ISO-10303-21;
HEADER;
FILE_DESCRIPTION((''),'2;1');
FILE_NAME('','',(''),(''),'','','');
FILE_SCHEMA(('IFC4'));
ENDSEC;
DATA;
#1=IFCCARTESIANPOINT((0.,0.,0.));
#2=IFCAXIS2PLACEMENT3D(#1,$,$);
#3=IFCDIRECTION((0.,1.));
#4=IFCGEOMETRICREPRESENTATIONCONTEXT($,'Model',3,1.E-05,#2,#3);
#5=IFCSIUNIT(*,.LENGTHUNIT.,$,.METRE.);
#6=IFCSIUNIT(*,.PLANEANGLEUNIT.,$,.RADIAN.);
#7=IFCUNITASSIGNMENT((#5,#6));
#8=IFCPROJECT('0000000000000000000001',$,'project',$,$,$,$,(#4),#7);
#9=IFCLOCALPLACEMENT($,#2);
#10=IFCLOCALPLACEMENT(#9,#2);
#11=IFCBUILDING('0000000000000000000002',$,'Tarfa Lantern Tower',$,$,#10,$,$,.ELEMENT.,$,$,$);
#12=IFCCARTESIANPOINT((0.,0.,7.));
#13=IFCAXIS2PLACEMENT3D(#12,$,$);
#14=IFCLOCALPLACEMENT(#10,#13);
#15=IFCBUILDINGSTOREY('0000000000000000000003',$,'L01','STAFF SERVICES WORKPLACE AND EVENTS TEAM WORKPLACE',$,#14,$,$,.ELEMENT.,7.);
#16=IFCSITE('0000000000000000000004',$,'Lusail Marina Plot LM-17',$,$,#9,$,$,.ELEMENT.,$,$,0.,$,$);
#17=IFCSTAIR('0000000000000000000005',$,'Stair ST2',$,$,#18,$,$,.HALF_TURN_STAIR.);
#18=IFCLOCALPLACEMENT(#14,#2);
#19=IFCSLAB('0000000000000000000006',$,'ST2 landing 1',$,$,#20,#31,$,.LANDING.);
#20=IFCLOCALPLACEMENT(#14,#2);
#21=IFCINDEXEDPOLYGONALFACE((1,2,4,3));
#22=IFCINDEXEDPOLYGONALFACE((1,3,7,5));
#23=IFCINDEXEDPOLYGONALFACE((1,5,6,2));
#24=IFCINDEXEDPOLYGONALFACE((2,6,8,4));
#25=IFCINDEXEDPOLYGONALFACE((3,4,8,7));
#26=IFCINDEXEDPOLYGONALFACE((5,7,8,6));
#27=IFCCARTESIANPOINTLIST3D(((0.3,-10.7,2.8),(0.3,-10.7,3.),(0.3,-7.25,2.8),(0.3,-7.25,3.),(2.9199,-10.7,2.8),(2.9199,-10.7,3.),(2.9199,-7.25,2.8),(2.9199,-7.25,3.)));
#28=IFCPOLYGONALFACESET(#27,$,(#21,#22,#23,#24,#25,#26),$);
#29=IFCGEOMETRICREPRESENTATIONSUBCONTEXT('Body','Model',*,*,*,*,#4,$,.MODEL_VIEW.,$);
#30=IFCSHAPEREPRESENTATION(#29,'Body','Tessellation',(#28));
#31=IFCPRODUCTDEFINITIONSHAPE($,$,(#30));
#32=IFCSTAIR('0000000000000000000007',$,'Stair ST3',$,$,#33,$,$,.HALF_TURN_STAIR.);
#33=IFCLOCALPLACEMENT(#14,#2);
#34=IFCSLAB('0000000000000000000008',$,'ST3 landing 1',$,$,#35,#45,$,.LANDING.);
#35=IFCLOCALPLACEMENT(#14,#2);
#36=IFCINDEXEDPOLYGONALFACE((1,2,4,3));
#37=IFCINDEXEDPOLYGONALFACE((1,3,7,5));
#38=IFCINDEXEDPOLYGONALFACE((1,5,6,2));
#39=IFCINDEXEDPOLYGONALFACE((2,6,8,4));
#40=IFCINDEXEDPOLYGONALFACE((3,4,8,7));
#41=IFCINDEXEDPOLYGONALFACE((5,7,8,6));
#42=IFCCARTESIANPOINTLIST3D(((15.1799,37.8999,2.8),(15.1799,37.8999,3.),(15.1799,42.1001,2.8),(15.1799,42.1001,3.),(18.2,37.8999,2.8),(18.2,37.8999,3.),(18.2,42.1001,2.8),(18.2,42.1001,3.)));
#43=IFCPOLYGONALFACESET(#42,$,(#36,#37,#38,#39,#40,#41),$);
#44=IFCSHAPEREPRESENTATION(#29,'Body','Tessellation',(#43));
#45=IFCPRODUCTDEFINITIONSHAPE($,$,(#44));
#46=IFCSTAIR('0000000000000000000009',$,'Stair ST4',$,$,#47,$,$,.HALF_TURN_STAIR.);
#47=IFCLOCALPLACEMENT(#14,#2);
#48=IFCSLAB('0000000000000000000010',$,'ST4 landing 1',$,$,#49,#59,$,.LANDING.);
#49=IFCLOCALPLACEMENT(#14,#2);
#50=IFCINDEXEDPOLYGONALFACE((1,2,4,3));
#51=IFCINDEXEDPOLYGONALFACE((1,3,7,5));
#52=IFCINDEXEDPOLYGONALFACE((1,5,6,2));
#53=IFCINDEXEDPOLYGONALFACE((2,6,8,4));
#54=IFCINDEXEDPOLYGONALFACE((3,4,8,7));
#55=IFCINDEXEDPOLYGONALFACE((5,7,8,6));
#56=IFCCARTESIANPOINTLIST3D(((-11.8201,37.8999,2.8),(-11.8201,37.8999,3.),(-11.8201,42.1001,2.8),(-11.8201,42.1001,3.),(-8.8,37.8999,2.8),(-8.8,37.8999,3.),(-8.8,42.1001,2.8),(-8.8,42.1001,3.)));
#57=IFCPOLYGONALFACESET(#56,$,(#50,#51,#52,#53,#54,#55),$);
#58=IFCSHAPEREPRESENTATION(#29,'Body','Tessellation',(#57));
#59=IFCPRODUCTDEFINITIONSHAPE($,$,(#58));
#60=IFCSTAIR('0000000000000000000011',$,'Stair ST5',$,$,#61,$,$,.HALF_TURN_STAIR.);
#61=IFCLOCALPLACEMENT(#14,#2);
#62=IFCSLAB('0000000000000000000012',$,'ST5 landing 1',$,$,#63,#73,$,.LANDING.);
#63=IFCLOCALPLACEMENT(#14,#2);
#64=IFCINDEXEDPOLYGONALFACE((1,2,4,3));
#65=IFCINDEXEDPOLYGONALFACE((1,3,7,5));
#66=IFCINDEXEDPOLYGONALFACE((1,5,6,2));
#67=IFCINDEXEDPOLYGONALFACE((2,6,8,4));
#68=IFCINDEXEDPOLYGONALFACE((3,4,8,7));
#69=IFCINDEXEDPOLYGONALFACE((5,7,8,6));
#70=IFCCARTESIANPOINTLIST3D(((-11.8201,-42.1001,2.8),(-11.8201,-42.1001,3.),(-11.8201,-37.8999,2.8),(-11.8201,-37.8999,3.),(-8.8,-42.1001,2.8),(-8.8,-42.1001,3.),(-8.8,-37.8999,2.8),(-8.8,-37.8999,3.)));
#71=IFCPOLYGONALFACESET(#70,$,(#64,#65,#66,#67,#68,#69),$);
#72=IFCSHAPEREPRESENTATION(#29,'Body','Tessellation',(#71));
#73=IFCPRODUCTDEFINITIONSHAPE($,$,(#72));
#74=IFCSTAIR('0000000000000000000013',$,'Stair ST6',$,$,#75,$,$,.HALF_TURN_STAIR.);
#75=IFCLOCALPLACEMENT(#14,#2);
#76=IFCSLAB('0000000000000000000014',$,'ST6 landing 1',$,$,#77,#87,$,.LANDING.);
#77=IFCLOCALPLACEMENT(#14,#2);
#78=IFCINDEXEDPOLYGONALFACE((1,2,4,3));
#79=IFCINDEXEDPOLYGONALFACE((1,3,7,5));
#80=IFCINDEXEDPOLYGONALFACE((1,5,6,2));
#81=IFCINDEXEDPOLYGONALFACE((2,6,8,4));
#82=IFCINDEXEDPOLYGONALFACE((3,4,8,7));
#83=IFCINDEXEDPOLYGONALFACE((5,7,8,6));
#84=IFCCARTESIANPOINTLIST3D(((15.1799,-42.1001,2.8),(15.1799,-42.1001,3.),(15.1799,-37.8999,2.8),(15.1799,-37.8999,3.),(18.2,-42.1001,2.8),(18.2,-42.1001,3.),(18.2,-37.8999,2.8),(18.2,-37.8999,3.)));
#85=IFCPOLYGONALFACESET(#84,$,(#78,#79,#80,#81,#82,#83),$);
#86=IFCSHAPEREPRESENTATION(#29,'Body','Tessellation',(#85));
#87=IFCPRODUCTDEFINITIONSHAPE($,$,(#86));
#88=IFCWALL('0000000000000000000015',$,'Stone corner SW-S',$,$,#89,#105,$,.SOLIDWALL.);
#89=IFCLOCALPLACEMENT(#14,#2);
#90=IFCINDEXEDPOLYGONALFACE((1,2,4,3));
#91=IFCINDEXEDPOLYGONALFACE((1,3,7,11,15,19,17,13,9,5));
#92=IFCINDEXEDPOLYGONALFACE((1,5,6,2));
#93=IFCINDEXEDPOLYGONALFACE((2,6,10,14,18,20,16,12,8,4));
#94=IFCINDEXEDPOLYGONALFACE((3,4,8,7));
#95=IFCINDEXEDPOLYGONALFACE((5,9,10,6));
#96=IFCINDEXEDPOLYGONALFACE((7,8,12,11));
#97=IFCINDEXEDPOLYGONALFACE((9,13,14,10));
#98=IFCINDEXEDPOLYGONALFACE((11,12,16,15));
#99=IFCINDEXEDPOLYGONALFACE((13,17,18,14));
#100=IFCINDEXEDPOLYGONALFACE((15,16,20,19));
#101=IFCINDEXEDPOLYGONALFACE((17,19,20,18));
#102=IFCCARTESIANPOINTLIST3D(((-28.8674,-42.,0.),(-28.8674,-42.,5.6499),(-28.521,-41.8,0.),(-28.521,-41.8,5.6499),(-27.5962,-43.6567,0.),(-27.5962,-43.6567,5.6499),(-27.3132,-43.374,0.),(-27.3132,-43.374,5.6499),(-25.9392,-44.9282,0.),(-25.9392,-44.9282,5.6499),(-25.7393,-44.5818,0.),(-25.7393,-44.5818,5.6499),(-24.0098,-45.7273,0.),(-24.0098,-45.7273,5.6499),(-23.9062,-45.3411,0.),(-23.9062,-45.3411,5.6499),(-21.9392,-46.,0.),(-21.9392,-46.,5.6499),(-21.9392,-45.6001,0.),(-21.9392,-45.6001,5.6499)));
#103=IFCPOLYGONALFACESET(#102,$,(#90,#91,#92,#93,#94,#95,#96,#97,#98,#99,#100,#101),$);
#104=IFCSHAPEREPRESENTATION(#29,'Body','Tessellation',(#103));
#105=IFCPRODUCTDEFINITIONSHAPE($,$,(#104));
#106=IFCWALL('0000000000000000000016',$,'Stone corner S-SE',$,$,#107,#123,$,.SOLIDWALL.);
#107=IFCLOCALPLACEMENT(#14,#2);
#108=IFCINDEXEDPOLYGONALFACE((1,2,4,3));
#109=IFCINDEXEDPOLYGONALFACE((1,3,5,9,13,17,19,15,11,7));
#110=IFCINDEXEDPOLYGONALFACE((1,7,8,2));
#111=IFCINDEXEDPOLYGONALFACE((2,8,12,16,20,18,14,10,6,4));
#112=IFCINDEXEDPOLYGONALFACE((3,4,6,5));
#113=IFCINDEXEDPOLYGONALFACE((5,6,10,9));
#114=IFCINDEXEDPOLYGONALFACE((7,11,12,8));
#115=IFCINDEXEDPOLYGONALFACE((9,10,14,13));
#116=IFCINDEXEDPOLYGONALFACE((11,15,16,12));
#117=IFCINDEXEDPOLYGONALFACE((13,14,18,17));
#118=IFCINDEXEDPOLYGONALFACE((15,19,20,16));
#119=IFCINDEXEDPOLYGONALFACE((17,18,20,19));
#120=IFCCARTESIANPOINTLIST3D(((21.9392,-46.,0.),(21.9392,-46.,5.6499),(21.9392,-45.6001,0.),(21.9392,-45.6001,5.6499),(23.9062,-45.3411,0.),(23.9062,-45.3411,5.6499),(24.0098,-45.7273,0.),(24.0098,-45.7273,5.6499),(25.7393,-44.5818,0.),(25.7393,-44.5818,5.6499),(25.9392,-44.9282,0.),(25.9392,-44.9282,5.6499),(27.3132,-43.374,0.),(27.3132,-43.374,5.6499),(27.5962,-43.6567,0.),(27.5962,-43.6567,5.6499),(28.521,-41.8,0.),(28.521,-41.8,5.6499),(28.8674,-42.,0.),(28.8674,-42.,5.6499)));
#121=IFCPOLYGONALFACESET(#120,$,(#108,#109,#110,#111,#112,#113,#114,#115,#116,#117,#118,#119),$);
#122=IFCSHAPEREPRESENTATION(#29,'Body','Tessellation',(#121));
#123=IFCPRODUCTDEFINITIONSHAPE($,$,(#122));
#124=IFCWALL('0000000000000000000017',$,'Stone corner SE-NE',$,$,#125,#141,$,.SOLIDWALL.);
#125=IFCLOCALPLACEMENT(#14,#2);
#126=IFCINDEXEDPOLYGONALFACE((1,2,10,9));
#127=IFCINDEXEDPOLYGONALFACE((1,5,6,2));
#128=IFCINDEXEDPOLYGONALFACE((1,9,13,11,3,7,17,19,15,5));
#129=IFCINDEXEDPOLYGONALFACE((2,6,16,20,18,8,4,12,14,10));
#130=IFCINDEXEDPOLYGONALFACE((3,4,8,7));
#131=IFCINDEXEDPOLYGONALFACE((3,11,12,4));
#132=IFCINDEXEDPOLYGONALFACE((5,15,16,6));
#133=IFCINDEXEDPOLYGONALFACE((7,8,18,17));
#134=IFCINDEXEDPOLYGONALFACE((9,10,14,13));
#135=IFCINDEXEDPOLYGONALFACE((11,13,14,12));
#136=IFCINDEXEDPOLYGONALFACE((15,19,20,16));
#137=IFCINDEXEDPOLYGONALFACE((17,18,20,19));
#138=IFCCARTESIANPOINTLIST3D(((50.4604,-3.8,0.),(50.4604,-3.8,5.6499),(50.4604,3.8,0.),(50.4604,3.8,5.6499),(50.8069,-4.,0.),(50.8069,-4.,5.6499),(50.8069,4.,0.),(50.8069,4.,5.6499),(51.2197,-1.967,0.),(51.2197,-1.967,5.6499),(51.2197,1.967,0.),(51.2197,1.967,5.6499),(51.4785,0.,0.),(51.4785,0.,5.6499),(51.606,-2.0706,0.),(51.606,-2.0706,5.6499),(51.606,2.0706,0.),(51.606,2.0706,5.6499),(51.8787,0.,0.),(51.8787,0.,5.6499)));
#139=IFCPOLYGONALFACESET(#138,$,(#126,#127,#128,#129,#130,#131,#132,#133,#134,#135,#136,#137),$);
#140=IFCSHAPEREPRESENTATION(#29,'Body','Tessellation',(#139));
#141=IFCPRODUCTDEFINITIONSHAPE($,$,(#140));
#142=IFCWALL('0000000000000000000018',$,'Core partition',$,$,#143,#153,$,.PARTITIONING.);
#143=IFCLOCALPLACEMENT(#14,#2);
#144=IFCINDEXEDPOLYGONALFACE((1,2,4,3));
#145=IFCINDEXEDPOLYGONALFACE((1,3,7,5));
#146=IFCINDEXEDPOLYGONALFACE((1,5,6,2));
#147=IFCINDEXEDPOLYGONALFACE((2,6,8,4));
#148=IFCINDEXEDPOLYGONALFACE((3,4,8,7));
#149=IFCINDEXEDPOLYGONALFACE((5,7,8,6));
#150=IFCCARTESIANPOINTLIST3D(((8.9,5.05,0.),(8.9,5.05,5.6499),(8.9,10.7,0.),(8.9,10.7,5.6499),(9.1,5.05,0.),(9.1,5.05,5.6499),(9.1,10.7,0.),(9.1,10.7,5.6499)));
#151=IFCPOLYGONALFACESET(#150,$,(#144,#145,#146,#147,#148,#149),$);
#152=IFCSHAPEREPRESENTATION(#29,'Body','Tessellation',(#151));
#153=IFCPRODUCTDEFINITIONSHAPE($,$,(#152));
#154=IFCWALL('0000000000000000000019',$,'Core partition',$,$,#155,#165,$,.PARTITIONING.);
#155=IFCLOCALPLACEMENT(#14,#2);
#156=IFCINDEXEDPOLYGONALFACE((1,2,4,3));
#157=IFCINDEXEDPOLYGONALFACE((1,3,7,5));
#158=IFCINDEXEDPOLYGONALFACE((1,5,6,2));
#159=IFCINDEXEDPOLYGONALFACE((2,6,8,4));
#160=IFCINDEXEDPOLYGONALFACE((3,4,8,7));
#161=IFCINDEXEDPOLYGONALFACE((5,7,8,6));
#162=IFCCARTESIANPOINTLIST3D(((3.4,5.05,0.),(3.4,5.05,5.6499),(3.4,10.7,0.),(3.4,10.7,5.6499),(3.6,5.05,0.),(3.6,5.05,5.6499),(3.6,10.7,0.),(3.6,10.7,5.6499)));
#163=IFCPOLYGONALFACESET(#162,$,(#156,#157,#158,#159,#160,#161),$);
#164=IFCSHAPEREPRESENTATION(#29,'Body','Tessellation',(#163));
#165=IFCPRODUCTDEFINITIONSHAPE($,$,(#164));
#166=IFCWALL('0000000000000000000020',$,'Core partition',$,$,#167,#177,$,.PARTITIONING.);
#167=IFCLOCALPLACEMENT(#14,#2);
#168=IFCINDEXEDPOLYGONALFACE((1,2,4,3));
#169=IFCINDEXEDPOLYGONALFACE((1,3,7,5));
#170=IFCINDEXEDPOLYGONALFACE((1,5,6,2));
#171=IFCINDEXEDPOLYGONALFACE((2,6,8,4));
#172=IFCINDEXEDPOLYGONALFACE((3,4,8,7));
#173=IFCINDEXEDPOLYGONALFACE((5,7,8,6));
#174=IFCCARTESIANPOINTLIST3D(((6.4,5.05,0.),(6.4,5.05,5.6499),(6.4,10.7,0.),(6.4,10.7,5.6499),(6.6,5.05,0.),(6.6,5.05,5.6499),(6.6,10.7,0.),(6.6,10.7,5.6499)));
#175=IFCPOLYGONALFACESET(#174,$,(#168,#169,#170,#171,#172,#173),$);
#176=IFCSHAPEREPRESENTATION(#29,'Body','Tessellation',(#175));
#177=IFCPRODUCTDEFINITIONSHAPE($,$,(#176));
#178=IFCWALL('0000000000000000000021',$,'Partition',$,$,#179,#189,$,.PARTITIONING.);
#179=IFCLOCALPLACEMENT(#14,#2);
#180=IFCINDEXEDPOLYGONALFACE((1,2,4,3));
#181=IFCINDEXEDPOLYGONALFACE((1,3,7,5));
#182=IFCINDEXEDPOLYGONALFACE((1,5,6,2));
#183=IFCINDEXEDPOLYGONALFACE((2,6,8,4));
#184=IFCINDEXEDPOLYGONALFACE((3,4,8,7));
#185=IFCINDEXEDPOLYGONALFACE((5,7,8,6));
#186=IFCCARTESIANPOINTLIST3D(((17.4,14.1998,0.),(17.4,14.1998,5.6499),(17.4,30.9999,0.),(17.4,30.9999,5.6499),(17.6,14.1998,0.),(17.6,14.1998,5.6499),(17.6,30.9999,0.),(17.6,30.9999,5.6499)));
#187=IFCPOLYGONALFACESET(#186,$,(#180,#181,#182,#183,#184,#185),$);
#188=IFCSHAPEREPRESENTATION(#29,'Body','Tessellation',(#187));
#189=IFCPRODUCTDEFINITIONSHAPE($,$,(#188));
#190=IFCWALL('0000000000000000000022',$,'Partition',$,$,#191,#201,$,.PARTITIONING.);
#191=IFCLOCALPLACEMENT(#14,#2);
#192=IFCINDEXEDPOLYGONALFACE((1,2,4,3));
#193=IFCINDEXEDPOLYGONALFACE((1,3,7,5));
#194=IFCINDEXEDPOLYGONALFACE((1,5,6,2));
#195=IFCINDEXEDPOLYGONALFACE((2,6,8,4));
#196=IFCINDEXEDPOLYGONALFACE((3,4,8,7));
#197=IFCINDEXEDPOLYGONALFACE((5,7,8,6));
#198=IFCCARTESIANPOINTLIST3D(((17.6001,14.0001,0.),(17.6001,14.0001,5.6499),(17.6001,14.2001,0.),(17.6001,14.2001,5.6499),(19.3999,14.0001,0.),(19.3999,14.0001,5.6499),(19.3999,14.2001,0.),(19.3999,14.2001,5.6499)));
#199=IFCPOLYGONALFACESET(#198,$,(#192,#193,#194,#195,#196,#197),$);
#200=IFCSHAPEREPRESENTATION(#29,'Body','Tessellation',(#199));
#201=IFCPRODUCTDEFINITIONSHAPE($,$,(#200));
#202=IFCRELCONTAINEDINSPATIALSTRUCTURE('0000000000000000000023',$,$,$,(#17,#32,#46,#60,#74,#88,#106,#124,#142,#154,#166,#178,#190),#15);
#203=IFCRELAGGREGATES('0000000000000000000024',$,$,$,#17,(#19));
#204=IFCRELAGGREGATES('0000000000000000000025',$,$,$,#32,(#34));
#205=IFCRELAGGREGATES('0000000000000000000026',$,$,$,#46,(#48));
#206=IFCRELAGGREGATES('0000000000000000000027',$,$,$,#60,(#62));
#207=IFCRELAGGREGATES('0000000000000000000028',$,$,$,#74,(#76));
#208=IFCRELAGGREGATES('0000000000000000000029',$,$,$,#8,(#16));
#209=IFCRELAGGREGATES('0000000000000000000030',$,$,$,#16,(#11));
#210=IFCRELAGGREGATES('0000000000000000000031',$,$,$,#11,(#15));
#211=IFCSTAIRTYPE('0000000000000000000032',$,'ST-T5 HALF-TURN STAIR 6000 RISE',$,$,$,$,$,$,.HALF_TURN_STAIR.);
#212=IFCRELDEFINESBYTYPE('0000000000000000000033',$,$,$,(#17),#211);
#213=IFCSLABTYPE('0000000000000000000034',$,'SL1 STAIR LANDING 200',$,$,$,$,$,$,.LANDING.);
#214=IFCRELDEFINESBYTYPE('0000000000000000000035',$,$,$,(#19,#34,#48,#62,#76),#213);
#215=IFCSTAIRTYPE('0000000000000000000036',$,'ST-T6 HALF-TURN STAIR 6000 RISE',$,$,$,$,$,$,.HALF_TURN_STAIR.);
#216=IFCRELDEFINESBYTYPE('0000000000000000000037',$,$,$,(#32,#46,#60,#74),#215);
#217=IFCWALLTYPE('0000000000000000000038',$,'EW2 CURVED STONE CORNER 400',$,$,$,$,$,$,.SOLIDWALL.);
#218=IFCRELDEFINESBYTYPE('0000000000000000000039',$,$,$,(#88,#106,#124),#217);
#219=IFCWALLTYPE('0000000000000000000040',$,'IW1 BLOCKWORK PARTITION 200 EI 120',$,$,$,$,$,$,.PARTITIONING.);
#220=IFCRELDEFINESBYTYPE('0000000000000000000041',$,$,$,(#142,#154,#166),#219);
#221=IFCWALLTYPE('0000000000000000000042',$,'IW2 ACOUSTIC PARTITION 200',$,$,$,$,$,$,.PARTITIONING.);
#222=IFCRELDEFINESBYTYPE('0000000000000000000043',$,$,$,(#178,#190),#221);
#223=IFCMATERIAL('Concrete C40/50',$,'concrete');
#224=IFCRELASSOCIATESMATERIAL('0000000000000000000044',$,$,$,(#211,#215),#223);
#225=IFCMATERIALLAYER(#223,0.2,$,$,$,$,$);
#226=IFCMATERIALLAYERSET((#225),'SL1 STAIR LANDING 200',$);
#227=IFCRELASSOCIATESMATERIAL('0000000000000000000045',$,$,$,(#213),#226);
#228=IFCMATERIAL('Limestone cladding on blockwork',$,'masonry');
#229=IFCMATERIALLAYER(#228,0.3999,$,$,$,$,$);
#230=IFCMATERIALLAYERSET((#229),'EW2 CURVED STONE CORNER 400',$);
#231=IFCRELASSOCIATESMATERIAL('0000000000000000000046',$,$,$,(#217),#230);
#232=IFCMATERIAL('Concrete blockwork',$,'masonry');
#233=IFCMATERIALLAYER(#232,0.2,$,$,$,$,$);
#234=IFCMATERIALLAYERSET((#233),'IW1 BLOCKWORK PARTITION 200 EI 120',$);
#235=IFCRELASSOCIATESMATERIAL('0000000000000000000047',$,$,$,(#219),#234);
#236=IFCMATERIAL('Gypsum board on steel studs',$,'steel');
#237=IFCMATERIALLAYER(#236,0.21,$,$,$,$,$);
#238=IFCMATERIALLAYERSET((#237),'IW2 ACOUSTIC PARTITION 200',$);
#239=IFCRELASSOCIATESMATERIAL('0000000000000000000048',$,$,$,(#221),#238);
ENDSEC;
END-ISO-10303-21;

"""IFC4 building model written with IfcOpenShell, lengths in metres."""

from ifc_helpers import new_model, si_unit, direction, frame, frame_2d, origin, place, context, subcontext, project, spatial, polyline, rectangle, outline, extrude, material, layer, layer_set, type_object, element, aggregate, save


model = new_model("IFC4")

# Units and contexts
model_context = context("Model", 3, precision=1e-05, world=origin(), true_north=direction((0.0, 1.0)))
body_context = subcontext(model_context, "Body", "Model", "MODEL_VIEW")
ifc_project = project(units=[si_unit("LENGTHUNIT", "METRE"), si_unit("PLANEANGLEUNIT", "RADIAN")], contexts=[model_context])

# Site, building, storey
site_placement = place(None, origin())
site = spatial("IfcSite", under=ifc_project, at=site_placement, Name="Lusail Marina Plot LM-17", CompositionType="ELEMENT", RefElevation=0.0)
building_placement = place(site_placement, origin())
building = spatial("IfcBuilding", under=site, at=building_placement, Name="Tarfa Lantern Tower", CompositionType="ELEMENT")
storey_placement = place(building_placement, frame((0.0, 0.0, 7.0)))
storey = spatial("IfcBuildingStorey", under=building, at=storey_placement, Name="L01", Description="STAFF SERVICES WORKPLACE AND EVENTS TEAM WORKPLACE", CompositionType="ELEMENT", Elevation=7.0)

# Stairs, slabs
ifc_material_1 = material(Name="Concrete C40/50", Category="concrete")
stair_type_1 = type_object("IfcStairType", Name="ST-T5 HALF-TURN STAIR 6000 RISE", PredefinedType="HALF_TURN_STAIR", material=ifc_material_1)
ifc_layer_1 = layer(ifc_material_1, 0.2)
ifc_layer_set_1 = layer_set([ifc_layer_1], Name="SL1 STAIR LANDING 200")
slab_type = type_object("IfcSlabType", Name="SL1 STAIR LANDING 200", PredefinedType="LANDING", material=ifc_layer_set_1)
stair_1_placement = place(storey_placement, origin())
stair_1 = element("IfcStair", 1, at=stair_1_placement, inside=storey, type_object=stair_type_1, Name="Stair ST2", PredefinedType="HALF_TURN_STAIR")
slab_1_placement = place(storey_placement, frame((0.0, 0.0, 2.8)))
slab_1 = element("IfcSlab", 2, at=slab_1_placement, type_object=slab_type, Name="ST2 landing 1", PredefinedType="LANDING", context=body_context, shape_type="SweptSolid", body=[
    extrude(outline(polyline([(2.9199, -7.25), (0.3, -7.25), (0.3, -10.7), (2.9199, -10.7), (2.9199, -7.25)])), origin(), (0.0, 0.0, 1.0), 0.2),
])
aggregate(stair_1, [slab_1])
stair_type_2 = type_object("IfcStairType", Name="ST-T6 HALF-TURN STAIR 6000 RISE", PredefinedType="HALF_TURN_STAIR", material=ifc_material_1)
stair_2_placement = place(storey_placement, origin())
stair_2 = element("IfcStair", 3, at=stair_2_placement, inside=storey, type_object=stair_type_2, Name="Stair ST3", PredefinedType="HALF_TURN_STAIR")
slab_2_placement = place(storey_placement, frame((0.0, 0.0, 2.8)))
slab_2 = element("IfcSlab", 4, at=slab_2_placement, type_object=slab_type, Name="ST3 landing 1", PredefinedType="LANDING", context=body_context, shape_type="SweptSolid", body=[
    extrude(outline(polyline([(15.1799, 37.8999), (18.2, 37.8999), (18.2, 42.1001), (15.1799, 42.1001), (15.1799, 37.8999)])), origin(), (0.0, 0.0, 1.0), 0.2),
])
aggregate(stair_2, [slab_2])
stair_3_placement = place(storey_placement, origin())
stair_3 = element("IfcStair", 5, at=stair_3_placement, inside=storey, type_object=stair_type_2, Name="Stair ST4", PredefinedType="HALF_TURN_STAIR")
slab_3_placement = place(storey_placement, frame((0.0, 0.0, 2.8)))
slab_3 = element("IfcSlab", 6, at=slab_3_placement, type_object=slab_type, Name="ST4 landing 1", PredefinedType="LANDING", context=body_context, shape_type="SweptSolid", body=[
    extrude(outline(polyline([(-11.8201, 37.8999), (-8.8, 37.8999), (-8.8, 42.1001), (-11.8201, 42.1001), (-11.8201, 37.8999)])), origin(), (0.0, 0.0, 1.0), 0.2),
])
aggregate(stair_3, [slab_3])
stair_4_placement = place(storey_placement, origin())
stair_4 = element("IfcStair", 7, at=stair_4_placement, inside=storey, type_object=stair_type_2, Name="Stair ST5", PredefinedType="HALF_TURN_STAIR")
slab_4_placement = place(storey_placement, frame((0.0, 0.0, 2.8)))
slab_4 = element("IfcSlab", 8, at=slab_4_placement, type_object=slab_type, Name="ST5 landing 1", PredefinedType="LANDING", context=body_context, shape_type="SweptSolid", body=[
    extrude(outline(polyline([(-11.8201, -42.1001), (-8.8, -42.1001), (-8.8, -37.8999), (-11.8201, -37.8999), (-11.8201, -42.1001)])), origin(), (0.0, 0.0, 1.0), 0.2),
])
aggregate(stair_4, [slab_4])
stair_5_placement = place(storey_placement, origin())
stair_5 = element("IfcStair", 9, at=stair_5_placement, inside=storey, type_object=stair_type_2, Name="Stair ST6", PredefinedType="HALF_TURN_STAIR")
slab_5_placement = place(storey_placement, frame((0.0, 0.0, 2.8)))
slab_5 = element("IfcSlab", 10, at=slab_5_placement, type_object=slab_type, Name="ST6 landing 1", PredefinedType="LANDING", context=body_context, shape_type="SweptSolid", body=[
    extrude(outline(polyline([(15.1799, -42.1001), (18.2, -42.1001), (18.2, -37.8999), (15.1799, -37.8999), (15.1799, -42.1001)])), origin(), (0.0, 0.0, 1.0), 0.2),
])
aggregate(stair_5, [slab_5])

# Walls
ifc_material_2 = material(Name="Limestone cladding on blockwork", Category="masonry")
ifc_layer_2 = layer(ifc_material_2, 0.3999)
ifc_layer_set_2 = layer_set([ifc_layer_2], Name="EW2 CURVED STONE CORNER 400")
wall_type_1 = type_object("IfcWallType", Name="EW2 CURVED STONE CORNER 400", PredefinedType="SOLIDWALL", material=ifc_layer_set_2)
wall_1_placement = place(storey_placement, origin())
element("IfcWall", 11, at=wall_1_placement, inside=storey, type_object=wall_type_1, Name="Stone corner SW-S", PredefinedType="SOLIDWALL", context=body_context, shape_type="SweptSolid", body=[
    extrude(outline(polyline([(-28.8674, -42.0), (-27.5962, -43.6567), (-25.9392, -44.9282), (-24.0098, -45.7273), (-21.9392, -46.0), (-21.9392, -45.6001), (-23.9062, -45.3411), (-25.7393, -44.5818), (-27.3132, -43.374), (-28.521, -41.8), (-28.8674, -42.0)])), origin(), (0.0, 0.0, 1.0), 5.6499),
])
wall_2_placement = place(storey_placement, origin())
element("IfcWall", 12, at=wall_2_placement, inside=storey, type_object=wall_type_1, Name="Stone corner S-SE", PredefinedType="SOLIDWALL", context=body_context, shape_type="SweptSolid", body=[
    extrude(outline(polyline([(21.9392, -46.0), (24.0098, -45.7273), (25.9392, -44.9282), (27.5962, -43.6567), (28.8674, -42.0), (28.521, -41.8), (27.3132, -43.374), (25.7393, -44.5818), (23.9062, -45.3411), (21.9392, -45.6001), (21.9392, -46.0)])), origin(), (0.0, 0.0, 1.0), 5.6499),
])
wall_3_placement = place(storey_placement, origin())
element("IfcWall", 13, at=wall_3_placement, inside=storey, type_object=wall_type_1, Name="Stone corner SE-NE", PredefinedType="SOLIDWALL", context=body_context, shape_type="SweptSolid", body=[
    extrude(outline(polyline([(50.8069, -4.0), (51.606, -2.0706), (51.8787, 0.0), (51.606, 2.0706), (50.8069, 4.0), (50.4604, 3.8), (51.2197, 1.967), (51.4785, 0.0), (51.2197, -1.967), (50.4604, -3.8), (50.8069, -4.0)])), origin(), (0.0, 0.0, 1.0), 5.6499),
])
ifc_material_3 = material(Name="Concrete blockwork", Category="masonry")
ifc_layer_3 = layer(ifc_material_3, 0.2)
ifc_layer_set_3 = layer_set([ifc_layer_3], Name="IW1 BLOCKWORK PARTITION 200 EI 120")
wall_type_2 = type_object("IfcWallType", Name="IW1 BLOCKWORK PARTITION 200 EI 120", PredefinedType="PARTITIONING", material=ifc_layer_set_3)
for number, where, z_axis, x_axis, name in (
    (14, (9.0, 5.05, 0.0), (0.0, 0.0, 1.0), (0.0, 1.0, 0.0), "Core partition"),
    (15, (3.5, 5.05, 0.0), (0.0, 0.0, 1.0), (0.0, 1.0, 0.0), "Core partition"),
    (16, (6.5, 5.05, 0.0), (0.0, 0.0, 1.0), (0.0, 1.0, 0.0), "Core partition"),
):
    element("IfcWall", number, at=place(storey_placement, frame(where, z_axis=z_axis, x_axis=x_axis)), inside=storey, type_object=wall_type_2, Name=name, PredefinedType="PARTITIONING", context=body_context, shape_type="SweptSolid", body=[
        extrude(rectangle(XDim=5.6499, YDim=0.2, at=frame_2d((2.825, 0.0))), origin(), (0.0, 0.0, 1.0), 5.6499),
    ])
ifc_material_4 = material(Name="Gypsum board on steel studs", Category="steel")
ifc_layer_4 = layer(ifc_material_4, 0.21)
ifc_layer_set_4 = layer_set([ifc_layer_4], Name="IW2 ACOUSTIC PARTITION 200")
wall_type_3 = type_object("IfcWallType", Name="IW2 ACOUSTIC PARTITION 200", PredefinedType="PARTITIONING", material=ifc_layer_set_4)
wall_4_placement = place(storey_placement, frame((17.5, 14.2, 0.0), z_axis=(0.0, 0.0, 1.0), x_axis=(0.0, 1.0, 0.0)))
element("IfcWall", 17, at=wall_4_placement, inside=storey, type_object=wall_type_3, Name="Partition", PredefinedType="PARTITIONING", context=body_context, shape_type="SweptSolid", body=[
    extrude(rectangle(XDim=16.8, YDim=0.2, at=frame_2d((8.3999, 0.0))), origin(), (0.0, 0.0, 1.0), 5.6499),
])
wall_5_placement = place(storey_placement, frame((17.6001, 14.1001, 0.0), z_axis=(0.0, 0.0, 1.0), x_axis=(1.0, 0.0, 0.0)))
element("IfcWall", 18, at=wall_5_placement, inside=storey, type_object=wall_type_3, Name="Partition", PredefinedType="PARTITIONING", context=body_context, shape_type="SweptSolid", body=[
    extrude(rectangle(XDim=1.7998, YDim=0.2, at=frame_2d((0.8999, 0.0))), origin(), (0.0, 0.0, 1.0), 5.6499),
])

save(model, "model.ifc")
